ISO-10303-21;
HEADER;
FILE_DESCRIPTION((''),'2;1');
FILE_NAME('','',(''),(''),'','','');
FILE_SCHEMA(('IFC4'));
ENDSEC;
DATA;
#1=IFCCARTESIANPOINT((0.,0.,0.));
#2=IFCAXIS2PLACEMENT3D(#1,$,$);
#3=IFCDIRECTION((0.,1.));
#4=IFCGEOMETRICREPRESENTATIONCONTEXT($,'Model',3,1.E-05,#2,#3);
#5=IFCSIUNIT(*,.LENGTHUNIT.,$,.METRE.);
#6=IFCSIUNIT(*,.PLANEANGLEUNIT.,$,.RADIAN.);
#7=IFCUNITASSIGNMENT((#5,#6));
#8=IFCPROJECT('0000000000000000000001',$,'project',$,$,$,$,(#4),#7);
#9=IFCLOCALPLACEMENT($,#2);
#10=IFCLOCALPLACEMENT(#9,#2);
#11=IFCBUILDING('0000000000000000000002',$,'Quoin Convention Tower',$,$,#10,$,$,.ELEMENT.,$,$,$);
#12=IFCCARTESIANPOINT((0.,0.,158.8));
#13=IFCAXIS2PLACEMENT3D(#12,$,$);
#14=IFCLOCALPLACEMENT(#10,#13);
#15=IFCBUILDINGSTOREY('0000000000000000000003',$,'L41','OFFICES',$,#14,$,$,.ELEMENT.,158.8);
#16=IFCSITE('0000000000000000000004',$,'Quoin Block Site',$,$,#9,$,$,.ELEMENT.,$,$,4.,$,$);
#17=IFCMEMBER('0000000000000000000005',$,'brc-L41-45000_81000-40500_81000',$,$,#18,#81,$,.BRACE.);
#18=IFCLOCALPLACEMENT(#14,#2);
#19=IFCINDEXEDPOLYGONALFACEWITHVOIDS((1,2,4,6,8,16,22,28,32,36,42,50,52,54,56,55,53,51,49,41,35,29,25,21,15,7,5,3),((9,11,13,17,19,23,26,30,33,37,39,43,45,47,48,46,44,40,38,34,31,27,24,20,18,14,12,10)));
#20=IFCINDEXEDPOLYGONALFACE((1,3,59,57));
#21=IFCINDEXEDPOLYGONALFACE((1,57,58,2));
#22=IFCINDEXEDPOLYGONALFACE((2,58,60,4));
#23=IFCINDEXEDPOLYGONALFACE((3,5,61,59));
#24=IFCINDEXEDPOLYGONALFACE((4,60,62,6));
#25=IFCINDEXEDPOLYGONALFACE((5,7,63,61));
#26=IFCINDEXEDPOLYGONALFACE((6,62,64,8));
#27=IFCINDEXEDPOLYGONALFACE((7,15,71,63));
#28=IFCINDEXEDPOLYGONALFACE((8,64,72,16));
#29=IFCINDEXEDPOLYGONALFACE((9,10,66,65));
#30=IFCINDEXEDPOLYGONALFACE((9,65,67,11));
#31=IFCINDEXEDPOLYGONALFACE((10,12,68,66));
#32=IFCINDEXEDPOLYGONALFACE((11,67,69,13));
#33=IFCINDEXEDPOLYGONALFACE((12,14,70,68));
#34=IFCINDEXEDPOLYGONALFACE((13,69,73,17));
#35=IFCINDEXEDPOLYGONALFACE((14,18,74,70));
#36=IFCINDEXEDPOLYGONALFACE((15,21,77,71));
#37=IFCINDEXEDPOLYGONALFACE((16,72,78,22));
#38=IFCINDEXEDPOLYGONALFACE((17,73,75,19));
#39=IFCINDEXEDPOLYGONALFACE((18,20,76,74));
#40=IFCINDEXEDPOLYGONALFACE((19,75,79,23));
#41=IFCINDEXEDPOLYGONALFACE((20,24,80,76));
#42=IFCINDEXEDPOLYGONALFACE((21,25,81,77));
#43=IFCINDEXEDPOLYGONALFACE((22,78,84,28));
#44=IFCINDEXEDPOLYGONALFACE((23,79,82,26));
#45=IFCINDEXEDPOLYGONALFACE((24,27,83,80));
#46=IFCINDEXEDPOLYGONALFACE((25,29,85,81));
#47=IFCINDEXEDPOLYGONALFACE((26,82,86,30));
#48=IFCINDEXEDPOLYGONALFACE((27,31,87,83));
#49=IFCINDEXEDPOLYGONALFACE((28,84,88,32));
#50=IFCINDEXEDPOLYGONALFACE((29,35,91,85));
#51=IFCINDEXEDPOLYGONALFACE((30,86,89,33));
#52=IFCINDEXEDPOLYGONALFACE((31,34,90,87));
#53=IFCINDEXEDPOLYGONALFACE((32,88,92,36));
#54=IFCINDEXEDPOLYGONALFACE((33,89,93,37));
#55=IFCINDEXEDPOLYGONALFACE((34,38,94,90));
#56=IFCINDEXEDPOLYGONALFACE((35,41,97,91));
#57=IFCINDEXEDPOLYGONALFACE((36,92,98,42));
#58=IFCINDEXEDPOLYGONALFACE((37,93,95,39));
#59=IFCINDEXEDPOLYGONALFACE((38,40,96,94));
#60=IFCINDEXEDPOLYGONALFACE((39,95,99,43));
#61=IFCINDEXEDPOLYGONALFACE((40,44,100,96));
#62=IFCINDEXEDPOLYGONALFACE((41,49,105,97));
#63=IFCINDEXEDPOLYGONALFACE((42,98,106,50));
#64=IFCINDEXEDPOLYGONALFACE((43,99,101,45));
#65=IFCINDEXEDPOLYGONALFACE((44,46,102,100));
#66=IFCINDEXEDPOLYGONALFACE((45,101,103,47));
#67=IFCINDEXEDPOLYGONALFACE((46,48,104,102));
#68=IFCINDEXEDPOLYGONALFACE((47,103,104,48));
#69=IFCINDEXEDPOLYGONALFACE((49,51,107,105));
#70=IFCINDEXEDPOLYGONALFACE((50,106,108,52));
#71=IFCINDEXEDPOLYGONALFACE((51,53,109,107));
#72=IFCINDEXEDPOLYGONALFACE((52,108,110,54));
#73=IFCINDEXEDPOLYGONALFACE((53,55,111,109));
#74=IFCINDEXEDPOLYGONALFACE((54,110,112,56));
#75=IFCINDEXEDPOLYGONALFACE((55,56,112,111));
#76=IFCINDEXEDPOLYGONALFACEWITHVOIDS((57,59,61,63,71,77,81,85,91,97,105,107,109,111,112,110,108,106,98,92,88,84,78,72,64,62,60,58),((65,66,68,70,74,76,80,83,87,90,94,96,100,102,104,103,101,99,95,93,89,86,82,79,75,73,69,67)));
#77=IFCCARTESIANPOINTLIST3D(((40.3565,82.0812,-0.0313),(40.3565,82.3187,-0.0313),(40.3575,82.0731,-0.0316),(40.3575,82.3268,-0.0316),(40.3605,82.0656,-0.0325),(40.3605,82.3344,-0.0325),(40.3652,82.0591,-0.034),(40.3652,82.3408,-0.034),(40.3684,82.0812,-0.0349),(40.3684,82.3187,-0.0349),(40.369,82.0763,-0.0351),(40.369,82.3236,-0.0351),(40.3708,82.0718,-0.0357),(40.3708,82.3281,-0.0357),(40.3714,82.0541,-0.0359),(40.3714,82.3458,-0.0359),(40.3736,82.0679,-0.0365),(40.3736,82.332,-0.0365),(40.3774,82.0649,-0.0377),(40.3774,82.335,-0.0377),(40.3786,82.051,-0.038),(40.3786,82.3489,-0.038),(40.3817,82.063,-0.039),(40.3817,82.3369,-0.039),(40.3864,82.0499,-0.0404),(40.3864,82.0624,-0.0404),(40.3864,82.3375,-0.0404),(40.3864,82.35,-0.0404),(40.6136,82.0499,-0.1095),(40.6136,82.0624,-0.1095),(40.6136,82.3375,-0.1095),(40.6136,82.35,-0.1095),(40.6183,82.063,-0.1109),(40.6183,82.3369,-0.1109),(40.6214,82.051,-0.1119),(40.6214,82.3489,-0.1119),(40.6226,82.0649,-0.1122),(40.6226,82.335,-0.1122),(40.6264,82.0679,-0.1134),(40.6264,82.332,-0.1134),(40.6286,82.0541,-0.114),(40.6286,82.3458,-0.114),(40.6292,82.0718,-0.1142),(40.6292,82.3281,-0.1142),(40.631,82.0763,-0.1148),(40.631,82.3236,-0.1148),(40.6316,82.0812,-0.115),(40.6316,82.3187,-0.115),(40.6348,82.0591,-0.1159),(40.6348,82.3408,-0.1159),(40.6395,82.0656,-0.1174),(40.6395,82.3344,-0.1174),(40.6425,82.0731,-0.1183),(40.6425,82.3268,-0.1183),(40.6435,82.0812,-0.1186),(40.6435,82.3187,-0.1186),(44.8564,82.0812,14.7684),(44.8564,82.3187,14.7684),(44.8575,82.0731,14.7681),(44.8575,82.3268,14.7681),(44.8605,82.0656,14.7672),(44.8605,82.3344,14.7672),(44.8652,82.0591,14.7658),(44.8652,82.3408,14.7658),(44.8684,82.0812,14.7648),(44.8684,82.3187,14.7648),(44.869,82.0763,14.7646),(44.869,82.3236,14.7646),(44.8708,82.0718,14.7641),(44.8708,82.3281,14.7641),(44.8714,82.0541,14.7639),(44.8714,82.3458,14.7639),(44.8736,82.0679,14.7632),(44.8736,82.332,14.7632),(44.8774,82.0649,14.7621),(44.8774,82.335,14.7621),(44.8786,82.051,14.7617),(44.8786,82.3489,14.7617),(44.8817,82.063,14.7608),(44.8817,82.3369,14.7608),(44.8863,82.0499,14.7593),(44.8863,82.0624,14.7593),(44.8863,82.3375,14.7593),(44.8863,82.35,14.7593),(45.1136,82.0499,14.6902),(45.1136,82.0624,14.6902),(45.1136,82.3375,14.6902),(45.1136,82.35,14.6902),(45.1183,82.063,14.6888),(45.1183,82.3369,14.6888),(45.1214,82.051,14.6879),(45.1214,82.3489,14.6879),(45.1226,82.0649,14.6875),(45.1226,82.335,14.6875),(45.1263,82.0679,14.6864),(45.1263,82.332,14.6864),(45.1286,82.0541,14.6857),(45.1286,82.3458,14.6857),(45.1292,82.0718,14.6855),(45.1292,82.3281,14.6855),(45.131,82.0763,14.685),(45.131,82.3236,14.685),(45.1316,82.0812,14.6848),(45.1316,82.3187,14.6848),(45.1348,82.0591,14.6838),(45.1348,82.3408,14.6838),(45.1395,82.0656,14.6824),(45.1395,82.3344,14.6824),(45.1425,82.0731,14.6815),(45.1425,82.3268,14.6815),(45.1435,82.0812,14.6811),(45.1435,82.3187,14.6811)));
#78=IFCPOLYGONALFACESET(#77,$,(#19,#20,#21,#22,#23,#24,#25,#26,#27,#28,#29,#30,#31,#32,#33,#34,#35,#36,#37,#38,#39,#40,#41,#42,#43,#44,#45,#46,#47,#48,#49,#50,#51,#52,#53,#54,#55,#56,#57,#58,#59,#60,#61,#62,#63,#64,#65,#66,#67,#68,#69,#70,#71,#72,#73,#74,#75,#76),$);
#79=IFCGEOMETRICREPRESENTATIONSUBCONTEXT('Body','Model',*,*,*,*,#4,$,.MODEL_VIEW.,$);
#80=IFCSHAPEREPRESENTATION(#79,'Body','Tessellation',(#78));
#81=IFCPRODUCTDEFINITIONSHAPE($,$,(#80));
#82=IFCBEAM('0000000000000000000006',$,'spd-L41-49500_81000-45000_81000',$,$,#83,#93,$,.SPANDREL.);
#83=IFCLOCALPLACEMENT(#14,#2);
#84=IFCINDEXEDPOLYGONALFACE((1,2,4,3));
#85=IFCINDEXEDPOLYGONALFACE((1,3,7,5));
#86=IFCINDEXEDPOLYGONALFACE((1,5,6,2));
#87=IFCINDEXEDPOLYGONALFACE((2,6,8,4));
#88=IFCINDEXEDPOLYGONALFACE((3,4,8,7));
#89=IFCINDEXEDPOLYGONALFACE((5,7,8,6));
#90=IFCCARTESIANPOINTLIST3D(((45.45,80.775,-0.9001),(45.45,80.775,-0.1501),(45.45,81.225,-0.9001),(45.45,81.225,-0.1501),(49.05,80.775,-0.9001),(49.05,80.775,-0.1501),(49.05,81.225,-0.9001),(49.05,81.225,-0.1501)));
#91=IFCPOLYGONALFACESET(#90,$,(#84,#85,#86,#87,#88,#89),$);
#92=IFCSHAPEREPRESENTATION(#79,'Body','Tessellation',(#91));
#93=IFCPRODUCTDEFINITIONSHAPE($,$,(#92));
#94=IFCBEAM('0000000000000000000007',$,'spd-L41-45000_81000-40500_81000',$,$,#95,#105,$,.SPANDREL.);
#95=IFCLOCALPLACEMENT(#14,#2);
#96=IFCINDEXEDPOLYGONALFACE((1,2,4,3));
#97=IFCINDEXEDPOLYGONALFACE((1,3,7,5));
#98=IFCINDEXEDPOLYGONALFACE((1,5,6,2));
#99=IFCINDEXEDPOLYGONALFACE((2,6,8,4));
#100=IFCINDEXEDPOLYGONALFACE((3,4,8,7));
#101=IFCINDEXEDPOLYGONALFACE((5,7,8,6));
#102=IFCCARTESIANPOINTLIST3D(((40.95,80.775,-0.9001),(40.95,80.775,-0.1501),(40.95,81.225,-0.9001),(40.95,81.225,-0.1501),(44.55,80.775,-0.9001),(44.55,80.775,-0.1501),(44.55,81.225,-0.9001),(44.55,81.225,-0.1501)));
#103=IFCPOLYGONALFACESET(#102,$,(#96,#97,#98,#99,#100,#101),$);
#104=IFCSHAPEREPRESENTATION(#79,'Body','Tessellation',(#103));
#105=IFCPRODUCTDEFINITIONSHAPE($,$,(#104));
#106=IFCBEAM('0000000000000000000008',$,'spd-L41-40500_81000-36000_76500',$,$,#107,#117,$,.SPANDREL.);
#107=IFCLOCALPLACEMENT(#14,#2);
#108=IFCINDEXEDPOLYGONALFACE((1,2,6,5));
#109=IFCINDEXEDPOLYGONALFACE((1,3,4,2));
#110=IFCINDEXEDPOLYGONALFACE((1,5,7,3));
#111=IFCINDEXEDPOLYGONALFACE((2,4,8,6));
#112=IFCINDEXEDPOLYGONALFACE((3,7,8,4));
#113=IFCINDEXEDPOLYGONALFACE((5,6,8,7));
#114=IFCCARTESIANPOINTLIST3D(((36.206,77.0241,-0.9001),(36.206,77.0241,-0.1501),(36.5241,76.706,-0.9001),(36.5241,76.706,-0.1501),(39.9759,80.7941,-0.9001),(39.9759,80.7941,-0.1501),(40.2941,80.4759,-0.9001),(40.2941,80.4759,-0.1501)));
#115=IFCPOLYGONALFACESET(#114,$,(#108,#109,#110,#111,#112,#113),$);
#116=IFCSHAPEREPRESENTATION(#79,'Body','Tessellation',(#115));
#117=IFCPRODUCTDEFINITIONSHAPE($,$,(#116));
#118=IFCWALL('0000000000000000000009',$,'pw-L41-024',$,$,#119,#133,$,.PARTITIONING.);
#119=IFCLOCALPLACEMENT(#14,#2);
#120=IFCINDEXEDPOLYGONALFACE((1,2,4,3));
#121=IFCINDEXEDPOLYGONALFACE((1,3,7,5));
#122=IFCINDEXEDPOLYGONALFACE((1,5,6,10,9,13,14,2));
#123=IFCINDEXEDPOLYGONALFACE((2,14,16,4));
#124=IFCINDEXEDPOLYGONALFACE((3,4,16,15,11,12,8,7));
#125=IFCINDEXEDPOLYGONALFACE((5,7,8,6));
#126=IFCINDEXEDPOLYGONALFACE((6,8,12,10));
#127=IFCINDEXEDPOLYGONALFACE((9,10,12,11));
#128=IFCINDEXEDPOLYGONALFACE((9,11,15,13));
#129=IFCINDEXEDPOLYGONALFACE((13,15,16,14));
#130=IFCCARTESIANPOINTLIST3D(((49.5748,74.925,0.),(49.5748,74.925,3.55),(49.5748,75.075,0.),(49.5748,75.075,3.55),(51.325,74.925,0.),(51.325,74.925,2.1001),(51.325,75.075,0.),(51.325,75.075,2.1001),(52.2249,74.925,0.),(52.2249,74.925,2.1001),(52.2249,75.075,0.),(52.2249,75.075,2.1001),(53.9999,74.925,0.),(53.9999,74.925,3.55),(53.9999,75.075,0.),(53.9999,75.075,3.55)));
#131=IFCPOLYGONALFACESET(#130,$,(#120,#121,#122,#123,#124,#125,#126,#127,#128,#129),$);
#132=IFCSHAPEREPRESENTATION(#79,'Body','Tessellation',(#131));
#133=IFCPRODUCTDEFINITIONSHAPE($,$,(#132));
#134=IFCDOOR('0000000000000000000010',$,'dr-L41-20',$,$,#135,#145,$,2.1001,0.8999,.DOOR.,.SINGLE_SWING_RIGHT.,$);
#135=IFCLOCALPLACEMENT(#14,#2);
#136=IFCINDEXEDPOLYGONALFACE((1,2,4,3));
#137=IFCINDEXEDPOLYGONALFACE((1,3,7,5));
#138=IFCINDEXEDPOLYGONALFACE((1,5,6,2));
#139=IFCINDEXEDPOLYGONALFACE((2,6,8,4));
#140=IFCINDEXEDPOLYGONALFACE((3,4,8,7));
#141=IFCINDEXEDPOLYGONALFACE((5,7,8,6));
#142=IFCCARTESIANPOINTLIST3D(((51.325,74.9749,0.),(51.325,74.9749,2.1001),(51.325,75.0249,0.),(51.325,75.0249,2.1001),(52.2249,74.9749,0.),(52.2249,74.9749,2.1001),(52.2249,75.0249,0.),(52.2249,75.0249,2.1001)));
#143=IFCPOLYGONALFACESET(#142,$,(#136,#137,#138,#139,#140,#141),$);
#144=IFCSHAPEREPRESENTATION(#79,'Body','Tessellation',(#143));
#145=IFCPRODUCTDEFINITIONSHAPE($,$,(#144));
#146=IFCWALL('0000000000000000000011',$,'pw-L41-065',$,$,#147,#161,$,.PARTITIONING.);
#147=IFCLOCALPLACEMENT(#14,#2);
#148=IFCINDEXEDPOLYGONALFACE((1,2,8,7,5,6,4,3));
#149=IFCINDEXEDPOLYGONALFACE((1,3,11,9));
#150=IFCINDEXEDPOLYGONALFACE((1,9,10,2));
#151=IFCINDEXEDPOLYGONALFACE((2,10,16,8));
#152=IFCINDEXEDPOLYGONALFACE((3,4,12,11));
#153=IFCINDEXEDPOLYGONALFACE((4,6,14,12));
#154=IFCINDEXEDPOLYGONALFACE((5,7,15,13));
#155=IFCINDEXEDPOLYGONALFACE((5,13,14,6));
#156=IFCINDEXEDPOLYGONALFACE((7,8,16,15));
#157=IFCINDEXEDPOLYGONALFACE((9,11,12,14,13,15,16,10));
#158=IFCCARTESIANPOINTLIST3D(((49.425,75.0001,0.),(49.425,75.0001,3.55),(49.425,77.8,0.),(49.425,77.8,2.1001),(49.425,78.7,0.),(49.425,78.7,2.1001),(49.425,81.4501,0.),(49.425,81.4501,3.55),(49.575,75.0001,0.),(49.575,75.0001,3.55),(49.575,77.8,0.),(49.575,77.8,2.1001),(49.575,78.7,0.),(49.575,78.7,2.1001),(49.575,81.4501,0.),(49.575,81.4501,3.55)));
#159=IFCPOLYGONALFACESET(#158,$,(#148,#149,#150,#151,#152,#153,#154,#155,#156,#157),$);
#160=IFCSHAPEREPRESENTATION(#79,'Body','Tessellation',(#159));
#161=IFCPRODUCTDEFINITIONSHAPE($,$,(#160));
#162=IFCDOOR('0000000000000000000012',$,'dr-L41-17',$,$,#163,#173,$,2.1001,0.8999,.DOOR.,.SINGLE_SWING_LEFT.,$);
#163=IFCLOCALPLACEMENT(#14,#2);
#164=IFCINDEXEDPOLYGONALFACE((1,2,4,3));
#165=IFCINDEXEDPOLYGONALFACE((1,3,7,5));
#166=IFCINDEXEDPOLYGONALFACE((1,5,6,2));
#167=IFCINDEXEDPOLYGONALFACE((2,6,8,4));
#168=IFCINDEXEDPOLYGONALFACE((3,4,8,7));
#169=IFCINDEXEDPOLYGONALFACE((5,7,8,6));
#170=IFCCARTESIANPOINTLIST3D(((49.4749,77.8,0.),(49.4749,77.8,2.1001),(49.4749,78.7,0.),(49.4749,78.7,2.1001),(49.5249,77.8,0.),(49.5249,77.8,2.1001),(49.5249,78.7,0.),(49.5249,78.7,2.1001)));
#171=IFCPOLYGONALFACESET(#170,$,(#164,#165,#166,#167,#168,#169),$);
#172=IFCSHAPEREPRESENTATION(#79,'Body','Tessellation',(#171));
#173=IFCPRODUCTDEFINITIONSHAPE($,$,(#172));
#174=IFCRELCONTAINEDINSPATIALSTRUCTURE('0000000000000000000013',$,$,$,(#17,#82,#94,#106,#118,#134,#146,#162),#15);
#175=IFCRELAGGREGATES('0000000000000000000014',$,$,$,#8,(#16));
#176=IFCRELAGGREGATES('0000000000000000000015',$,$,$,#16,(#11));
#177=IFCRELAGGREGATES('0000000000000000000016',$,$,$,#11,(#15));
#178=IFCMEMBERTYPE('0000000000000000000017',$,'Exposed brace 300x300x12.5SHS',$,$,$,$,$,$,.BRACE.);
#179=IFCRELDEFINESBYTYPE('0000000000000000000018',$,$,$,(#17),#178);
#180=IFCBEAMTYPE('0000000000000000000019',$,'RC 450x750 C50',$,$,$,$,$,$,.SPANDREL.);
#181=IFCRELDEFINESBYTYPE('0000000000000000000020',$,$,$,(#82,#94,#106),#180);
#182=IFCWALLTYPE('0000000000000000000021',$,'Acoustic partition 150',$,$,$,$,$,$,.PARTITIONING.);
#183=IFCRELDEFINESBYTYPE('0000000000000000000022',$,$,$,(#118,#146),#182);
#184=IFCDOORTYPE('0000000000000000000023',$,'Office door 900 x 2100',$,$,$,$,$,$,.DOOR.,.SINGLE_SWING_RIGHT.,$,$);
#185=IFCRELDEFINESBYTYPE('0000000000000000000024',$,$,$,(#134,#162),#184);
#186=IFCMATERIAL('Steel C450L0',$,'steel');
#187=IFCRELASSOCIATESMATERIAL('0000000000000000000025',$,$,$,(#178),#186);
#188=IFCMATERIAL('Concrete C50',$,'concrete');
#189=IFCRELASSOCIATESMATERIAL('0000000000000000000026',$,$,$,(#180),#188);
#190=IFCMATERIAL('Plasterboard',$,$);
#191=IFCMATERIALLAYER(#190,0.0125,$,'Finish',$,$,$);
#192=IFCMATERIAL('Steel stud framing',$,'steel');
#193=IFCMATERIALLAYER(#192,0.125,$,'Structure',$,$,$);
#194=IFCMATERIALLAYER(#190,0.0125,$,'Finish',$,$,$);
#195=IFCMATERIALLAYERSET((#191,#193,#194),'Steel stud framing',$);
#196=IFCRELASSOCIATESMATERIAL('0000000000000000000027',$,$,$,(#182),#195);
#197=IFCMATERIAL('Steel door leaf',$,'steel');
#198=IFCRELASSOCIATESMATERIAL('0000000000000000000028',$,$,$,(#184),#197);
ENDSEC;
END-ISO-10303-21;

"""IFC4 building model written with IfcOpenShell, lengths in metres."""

from ifc_helpers import new_model, si_unit, direction, frame, frame_2d, origin, origin_2d, place, context, subcontext, project, spatial, rectangle, hollow_rectangle, extrude, material, layer, layer_set, material_profile, profile_set, type_object, element, fill, save


model = new_model("IFC4")

# Units and contexts
model_context = context("Model", 3, precision=1e-05, world=origin(), true_north=direction((0.0, 1.0)))
body_context = subcontext(model_context, "Body", "Model", "MODEL_VIEW")
ifc_project = project(units=[si_unit("LENGTHUNIT", "METRE"), si_unit("PLANEANGLEUNIT", "RADIAN")], contexts=[model_context])

# Site, building, storey
site_placement = place(None, origin())
site = spatial("IfcSite", under=ifc_project, at=site_placement, Name="Quoin Block Site", CompositionType="ELEMENT", RefElevation=4.0)
building_placement = place(site_placement, origin())
building = spatial("IfcBuilding", under=site, at=building_placement, Name="Quoin Convention Tower", CompositionType="ELEMENT")
storey_placement = place(building_placement, frame((0.0, 0.0, 158.8)))
storey = spatial("IfcBuildingStorey", under=building, at=storey_placement, Name="L41", Description="OFFICES", CompositionType="ELEMENT", Elevation=158.8)

# Shared definitions
ifc_material_1 = material(Name="Concrete C50", Category="concrete")

# Member
ifc_material_2 = material(Name="Steel C450L0", Category="steel")
ifc_material_profile_1 = material_profile(ifc_material_2, hollow_rectangle(XDim=0.3, YDim=0.3, WallThickness=0.0125, InnerFilletRadius=0.0188, OuterFilletRadius=0.0312, at=origin_2d()), Name="300x300x12.5SHS")
ifc_profile_set_1 = profile_set([ifc_material_profile_1], Name="Steel C450L0")
member_type = type_object("IfcMemberType", Name="Exposed brace 300x300x12.5SHS", PredefinedType="BRACE", material=ifc_profile_set_1)
member_placement = place(storey_placement, frame((40.5, 82.2, -0.075), z_axis=(0.290908, 0.0, 0.956751), x_axis=(0.0, 1.0, 0.0)))
element("IfcMember", 1, at=member_placement, inside=storey, type_object=member_type, Name="brc-L41-45000_81000-40500_81000", PredefinedType="BRACE", context=body_context, shape_type="SweptSolid", body=[
    extrude(hollow_rectangle(XDim=0.3, YDim=0.3, WallThickness=0.0125, InnerFilletRadius=0.0188, OuterFilletRadius=0.0312, at=origin_2d()), origin(), (0.0, 0.0, 1.0), 15.4688),
])

# Beams
ifc_material_profile_2 = material_profile(ifc_material_1, rectangle(XDim=0.45, YDim=0.75, at=origin_2d()), Name="RC 450x750")
ifc_profile_set_2 = profile_set([ifc_material_profile_2], Name="Concrete C50")
beam_type_1 = type_object("IfcBeamType", Name="RC 450x750 C50", PredefinedType="SPANDREL", material=ifc_profile_set_2)
for number, where, z_axis, x_axis, name in (
    (2, (49.05, 81.0, -0.5251), (-1.0, 0.0, 0.0), (0.0, -1.0, 0.0), "spd-L41-49500_81000-45000_81000"),
    (3, (44.55, 81.0, -0.5251), (-1.0, 0.0, 0.0), (0.0, -1.0, 0.0), "spd-L41-45000_81000-40500_81000"),
):
    element("IfcBeam", number, at=place(storey_placement, frame(where, z_axis=z_axis, x_axis=x_axis)), inside=storey, type_object=beam_type_1, Name=name, PredefinedType="SPANDREL", context=body_context, shape_type="SweptSolid", body=[
        extrude(rectangle(XDim=0.45, YDim=0.75, at=origin_2d()), origin(), (0.0, 0.0, 1.0), 3.6001),
    ])
beam_1_placement = place(storey_placement, frame((40.135, 80.635, -0.5251), z_axis=(-0.707107, -0.707107, 0.0), x_axis=(0.707107, -0.707107, 0.0)))
element("IfcBeam", 4, at=beam_1_placement, inside=storey, type_object=beam_type_1, Name="spd-L41-40500_81000-36000_76500", PredefinedType="SPANDREL", context=body_context, shape_type="SweptSolid", body=[
    extrude(rectangle(XDim=0.45, YDim=0.75, at=origin_2d()), origin(), (0.0, 0.0, 1.0), 5.3315),
])

# Walls, openings, doors
ifc_material_3 = material(Name="Plasterboard")
ifc_layer_1 = layer(ifc_material_3, 0.0125, Name="Finish")
ifc_material_4 = material(Name="Steel stud framing", Category="steel")
ifc_layer_2 = layer(ifc_material_4, 0.125, Name="Structure")
ifc_layer_3 = layer(ifc_material_3, 0.0125, Name="Finish")
ifc_layer_set_1 = layer_set([ifc_layer_1, ifc_layer_2, ifc_layer_3], Name="Steel stud framing")
wall_type_1 = type_object("IfcWallType", Name="Acoustic partition 150", PredefinedType="PARTITIONING", material=ifc_layer_set_1)
wall_1_placement = place(storey_placement, frame((49.575, 75.0, 0.0), z_axis=(0.0, 0.0, 1.0), x_axis=(1.0, 0.0, 0.0)))
wall_1 = element("IfcWall", 5, at=wall_1_placement, inside=storey, type_object=wall_type_1, Name="pw-L41-024", PredefinedType="PARTITIONING", context=body_context, shape_type="SweptSolid", body=[
    extrude(rectangle(XDim=4.425, YDim=0.1499, at=frame_2d((2.2124, 0.0))), origin(), (0.0, 0.0, 1.0), 3.55),
])
opening_1_placement = place(wall_1_placement, frame((1.75, 0.0, 0.0)))
opening_1 = element("IfcOpeningElement", 6, at=opening_1_placement, cuts=wall_1, PredefinedType="OPENING", context=body_context, shape_type="SweptSolid", body=[
    extrude(rectangle(XDim=0.8999, YDim=2.1001, at=frame_2d((0.45, 1.05))), frame((0.0, 0.085, 0.0), z_axis=(0.0, -1.0, 0.0), x_axis=(1.0, 0.0, 0.0)), (0.0, 0.0, 1.0), 0.1699),
])
ifc_material_5 = material(Name="Steel door leaf", Category="steel")
door_type_1 = type_object("IfcDoorType", Name="Office door 900 x 2100", OperationType="SINGLE_SWING_RIGHT", PredefinedType="DOOR", material=ifc_material_5)
door_1_placement = place(opening_1_placement, origin())
door_1 = element("IfcDoor", 7, at=door_1_placement, inside=storey, type_object=door_type_1, Name="dr-L41-20", OperationType="SINGLE_SWING_RIGHT", OverallHeight=2.1001, OverallWidth=0.8999, PredefinedType="DOOR", context=body_context, shape_type="SweptSolid", body=[
    extrude(rectangle(XDim=0.8999, YDim=2.1001, at=frame_2d((0.45, 1.05))), frame((0.0, 0.0249, 0.0), z_axis=(0.0, -1.0, 0.0), x_axis=(1.0, 0.0, 0.0)), (0.0, 0.0, 1.0), 0.05),
])
fill(opening_1, door_1)
wall_2_placement = place(storey_placement, frame((49.5, 75.0, 0.0), z_axis=(0.0, 0.0, 1.0), x_axis=(0.0, 1.0, 0.0)))
wall_2 = element("IfcWall", 8, at=wall_2_placement, inside=storey, type_object=wall_type_1, Name="pw-L41-065", PredefinedType="PARTITIONING", context=body_context, shape_type="SweptSolid", body=[
    extrude(rectangle(XDim=6.45, YDim=0.1499, at=frame_2d((3.2251, 0.0))), origin(), (0.0, 0.0, 1.0), 3.55),
])
opening_2_placement = place(wall_2_placement, frame((2.8, 0.0, 0.0)))
opening_2 = element("IfcOpeningElement", 9, at=opening_2_placement, cuts=wall_2, PredefinedType="OPENING", context=body_context, shape_type="SweptSolid", body=[
    extrude(rectangle(XDim=0.8999, YDim=2.1001, at=frame_2d((0.45, 1.05))), frame((0.0, 0.085, 0.0), z_axis=(0.0, -1.0, 0.0), x_axis=(1.0, 0.0, 0.0)), (0.0, 0.0, 1.0), 0.1699),
])
door_2_placement = place(opening_2_placement, frame((0.8999, 0.0, 0.0), z_axis=(0.0, 0.0, 1.0), x_axis=(-1.0, 0.0, 0.0)))
door_2 = element("IfcDoor", 10, at=door_2_placement, inside=storey, type_object=door_type_1, Name="dr-L41-17", OperationType="SINGLE_SWING_LEFT", OverallHeight=2.1001, OverallWidth=0.8999, PredefinedType="DOOR", context=body_context, shape_type="SweptSolid", body=[
    extrude(rectangle(XDim=0.8999, YDim=2.1001, at=frame_2d((0.45, 1.05))), frame((0.0, 0.0249, 0.0), z_axis=(0.0, -1.0, 0.0), x_axis=(1.0, 0.0, 0.0)), (0.0, 0.0, 1.0), 0.05),
])
fill(opening_2, door_2)

save(model, "model.ifc")
